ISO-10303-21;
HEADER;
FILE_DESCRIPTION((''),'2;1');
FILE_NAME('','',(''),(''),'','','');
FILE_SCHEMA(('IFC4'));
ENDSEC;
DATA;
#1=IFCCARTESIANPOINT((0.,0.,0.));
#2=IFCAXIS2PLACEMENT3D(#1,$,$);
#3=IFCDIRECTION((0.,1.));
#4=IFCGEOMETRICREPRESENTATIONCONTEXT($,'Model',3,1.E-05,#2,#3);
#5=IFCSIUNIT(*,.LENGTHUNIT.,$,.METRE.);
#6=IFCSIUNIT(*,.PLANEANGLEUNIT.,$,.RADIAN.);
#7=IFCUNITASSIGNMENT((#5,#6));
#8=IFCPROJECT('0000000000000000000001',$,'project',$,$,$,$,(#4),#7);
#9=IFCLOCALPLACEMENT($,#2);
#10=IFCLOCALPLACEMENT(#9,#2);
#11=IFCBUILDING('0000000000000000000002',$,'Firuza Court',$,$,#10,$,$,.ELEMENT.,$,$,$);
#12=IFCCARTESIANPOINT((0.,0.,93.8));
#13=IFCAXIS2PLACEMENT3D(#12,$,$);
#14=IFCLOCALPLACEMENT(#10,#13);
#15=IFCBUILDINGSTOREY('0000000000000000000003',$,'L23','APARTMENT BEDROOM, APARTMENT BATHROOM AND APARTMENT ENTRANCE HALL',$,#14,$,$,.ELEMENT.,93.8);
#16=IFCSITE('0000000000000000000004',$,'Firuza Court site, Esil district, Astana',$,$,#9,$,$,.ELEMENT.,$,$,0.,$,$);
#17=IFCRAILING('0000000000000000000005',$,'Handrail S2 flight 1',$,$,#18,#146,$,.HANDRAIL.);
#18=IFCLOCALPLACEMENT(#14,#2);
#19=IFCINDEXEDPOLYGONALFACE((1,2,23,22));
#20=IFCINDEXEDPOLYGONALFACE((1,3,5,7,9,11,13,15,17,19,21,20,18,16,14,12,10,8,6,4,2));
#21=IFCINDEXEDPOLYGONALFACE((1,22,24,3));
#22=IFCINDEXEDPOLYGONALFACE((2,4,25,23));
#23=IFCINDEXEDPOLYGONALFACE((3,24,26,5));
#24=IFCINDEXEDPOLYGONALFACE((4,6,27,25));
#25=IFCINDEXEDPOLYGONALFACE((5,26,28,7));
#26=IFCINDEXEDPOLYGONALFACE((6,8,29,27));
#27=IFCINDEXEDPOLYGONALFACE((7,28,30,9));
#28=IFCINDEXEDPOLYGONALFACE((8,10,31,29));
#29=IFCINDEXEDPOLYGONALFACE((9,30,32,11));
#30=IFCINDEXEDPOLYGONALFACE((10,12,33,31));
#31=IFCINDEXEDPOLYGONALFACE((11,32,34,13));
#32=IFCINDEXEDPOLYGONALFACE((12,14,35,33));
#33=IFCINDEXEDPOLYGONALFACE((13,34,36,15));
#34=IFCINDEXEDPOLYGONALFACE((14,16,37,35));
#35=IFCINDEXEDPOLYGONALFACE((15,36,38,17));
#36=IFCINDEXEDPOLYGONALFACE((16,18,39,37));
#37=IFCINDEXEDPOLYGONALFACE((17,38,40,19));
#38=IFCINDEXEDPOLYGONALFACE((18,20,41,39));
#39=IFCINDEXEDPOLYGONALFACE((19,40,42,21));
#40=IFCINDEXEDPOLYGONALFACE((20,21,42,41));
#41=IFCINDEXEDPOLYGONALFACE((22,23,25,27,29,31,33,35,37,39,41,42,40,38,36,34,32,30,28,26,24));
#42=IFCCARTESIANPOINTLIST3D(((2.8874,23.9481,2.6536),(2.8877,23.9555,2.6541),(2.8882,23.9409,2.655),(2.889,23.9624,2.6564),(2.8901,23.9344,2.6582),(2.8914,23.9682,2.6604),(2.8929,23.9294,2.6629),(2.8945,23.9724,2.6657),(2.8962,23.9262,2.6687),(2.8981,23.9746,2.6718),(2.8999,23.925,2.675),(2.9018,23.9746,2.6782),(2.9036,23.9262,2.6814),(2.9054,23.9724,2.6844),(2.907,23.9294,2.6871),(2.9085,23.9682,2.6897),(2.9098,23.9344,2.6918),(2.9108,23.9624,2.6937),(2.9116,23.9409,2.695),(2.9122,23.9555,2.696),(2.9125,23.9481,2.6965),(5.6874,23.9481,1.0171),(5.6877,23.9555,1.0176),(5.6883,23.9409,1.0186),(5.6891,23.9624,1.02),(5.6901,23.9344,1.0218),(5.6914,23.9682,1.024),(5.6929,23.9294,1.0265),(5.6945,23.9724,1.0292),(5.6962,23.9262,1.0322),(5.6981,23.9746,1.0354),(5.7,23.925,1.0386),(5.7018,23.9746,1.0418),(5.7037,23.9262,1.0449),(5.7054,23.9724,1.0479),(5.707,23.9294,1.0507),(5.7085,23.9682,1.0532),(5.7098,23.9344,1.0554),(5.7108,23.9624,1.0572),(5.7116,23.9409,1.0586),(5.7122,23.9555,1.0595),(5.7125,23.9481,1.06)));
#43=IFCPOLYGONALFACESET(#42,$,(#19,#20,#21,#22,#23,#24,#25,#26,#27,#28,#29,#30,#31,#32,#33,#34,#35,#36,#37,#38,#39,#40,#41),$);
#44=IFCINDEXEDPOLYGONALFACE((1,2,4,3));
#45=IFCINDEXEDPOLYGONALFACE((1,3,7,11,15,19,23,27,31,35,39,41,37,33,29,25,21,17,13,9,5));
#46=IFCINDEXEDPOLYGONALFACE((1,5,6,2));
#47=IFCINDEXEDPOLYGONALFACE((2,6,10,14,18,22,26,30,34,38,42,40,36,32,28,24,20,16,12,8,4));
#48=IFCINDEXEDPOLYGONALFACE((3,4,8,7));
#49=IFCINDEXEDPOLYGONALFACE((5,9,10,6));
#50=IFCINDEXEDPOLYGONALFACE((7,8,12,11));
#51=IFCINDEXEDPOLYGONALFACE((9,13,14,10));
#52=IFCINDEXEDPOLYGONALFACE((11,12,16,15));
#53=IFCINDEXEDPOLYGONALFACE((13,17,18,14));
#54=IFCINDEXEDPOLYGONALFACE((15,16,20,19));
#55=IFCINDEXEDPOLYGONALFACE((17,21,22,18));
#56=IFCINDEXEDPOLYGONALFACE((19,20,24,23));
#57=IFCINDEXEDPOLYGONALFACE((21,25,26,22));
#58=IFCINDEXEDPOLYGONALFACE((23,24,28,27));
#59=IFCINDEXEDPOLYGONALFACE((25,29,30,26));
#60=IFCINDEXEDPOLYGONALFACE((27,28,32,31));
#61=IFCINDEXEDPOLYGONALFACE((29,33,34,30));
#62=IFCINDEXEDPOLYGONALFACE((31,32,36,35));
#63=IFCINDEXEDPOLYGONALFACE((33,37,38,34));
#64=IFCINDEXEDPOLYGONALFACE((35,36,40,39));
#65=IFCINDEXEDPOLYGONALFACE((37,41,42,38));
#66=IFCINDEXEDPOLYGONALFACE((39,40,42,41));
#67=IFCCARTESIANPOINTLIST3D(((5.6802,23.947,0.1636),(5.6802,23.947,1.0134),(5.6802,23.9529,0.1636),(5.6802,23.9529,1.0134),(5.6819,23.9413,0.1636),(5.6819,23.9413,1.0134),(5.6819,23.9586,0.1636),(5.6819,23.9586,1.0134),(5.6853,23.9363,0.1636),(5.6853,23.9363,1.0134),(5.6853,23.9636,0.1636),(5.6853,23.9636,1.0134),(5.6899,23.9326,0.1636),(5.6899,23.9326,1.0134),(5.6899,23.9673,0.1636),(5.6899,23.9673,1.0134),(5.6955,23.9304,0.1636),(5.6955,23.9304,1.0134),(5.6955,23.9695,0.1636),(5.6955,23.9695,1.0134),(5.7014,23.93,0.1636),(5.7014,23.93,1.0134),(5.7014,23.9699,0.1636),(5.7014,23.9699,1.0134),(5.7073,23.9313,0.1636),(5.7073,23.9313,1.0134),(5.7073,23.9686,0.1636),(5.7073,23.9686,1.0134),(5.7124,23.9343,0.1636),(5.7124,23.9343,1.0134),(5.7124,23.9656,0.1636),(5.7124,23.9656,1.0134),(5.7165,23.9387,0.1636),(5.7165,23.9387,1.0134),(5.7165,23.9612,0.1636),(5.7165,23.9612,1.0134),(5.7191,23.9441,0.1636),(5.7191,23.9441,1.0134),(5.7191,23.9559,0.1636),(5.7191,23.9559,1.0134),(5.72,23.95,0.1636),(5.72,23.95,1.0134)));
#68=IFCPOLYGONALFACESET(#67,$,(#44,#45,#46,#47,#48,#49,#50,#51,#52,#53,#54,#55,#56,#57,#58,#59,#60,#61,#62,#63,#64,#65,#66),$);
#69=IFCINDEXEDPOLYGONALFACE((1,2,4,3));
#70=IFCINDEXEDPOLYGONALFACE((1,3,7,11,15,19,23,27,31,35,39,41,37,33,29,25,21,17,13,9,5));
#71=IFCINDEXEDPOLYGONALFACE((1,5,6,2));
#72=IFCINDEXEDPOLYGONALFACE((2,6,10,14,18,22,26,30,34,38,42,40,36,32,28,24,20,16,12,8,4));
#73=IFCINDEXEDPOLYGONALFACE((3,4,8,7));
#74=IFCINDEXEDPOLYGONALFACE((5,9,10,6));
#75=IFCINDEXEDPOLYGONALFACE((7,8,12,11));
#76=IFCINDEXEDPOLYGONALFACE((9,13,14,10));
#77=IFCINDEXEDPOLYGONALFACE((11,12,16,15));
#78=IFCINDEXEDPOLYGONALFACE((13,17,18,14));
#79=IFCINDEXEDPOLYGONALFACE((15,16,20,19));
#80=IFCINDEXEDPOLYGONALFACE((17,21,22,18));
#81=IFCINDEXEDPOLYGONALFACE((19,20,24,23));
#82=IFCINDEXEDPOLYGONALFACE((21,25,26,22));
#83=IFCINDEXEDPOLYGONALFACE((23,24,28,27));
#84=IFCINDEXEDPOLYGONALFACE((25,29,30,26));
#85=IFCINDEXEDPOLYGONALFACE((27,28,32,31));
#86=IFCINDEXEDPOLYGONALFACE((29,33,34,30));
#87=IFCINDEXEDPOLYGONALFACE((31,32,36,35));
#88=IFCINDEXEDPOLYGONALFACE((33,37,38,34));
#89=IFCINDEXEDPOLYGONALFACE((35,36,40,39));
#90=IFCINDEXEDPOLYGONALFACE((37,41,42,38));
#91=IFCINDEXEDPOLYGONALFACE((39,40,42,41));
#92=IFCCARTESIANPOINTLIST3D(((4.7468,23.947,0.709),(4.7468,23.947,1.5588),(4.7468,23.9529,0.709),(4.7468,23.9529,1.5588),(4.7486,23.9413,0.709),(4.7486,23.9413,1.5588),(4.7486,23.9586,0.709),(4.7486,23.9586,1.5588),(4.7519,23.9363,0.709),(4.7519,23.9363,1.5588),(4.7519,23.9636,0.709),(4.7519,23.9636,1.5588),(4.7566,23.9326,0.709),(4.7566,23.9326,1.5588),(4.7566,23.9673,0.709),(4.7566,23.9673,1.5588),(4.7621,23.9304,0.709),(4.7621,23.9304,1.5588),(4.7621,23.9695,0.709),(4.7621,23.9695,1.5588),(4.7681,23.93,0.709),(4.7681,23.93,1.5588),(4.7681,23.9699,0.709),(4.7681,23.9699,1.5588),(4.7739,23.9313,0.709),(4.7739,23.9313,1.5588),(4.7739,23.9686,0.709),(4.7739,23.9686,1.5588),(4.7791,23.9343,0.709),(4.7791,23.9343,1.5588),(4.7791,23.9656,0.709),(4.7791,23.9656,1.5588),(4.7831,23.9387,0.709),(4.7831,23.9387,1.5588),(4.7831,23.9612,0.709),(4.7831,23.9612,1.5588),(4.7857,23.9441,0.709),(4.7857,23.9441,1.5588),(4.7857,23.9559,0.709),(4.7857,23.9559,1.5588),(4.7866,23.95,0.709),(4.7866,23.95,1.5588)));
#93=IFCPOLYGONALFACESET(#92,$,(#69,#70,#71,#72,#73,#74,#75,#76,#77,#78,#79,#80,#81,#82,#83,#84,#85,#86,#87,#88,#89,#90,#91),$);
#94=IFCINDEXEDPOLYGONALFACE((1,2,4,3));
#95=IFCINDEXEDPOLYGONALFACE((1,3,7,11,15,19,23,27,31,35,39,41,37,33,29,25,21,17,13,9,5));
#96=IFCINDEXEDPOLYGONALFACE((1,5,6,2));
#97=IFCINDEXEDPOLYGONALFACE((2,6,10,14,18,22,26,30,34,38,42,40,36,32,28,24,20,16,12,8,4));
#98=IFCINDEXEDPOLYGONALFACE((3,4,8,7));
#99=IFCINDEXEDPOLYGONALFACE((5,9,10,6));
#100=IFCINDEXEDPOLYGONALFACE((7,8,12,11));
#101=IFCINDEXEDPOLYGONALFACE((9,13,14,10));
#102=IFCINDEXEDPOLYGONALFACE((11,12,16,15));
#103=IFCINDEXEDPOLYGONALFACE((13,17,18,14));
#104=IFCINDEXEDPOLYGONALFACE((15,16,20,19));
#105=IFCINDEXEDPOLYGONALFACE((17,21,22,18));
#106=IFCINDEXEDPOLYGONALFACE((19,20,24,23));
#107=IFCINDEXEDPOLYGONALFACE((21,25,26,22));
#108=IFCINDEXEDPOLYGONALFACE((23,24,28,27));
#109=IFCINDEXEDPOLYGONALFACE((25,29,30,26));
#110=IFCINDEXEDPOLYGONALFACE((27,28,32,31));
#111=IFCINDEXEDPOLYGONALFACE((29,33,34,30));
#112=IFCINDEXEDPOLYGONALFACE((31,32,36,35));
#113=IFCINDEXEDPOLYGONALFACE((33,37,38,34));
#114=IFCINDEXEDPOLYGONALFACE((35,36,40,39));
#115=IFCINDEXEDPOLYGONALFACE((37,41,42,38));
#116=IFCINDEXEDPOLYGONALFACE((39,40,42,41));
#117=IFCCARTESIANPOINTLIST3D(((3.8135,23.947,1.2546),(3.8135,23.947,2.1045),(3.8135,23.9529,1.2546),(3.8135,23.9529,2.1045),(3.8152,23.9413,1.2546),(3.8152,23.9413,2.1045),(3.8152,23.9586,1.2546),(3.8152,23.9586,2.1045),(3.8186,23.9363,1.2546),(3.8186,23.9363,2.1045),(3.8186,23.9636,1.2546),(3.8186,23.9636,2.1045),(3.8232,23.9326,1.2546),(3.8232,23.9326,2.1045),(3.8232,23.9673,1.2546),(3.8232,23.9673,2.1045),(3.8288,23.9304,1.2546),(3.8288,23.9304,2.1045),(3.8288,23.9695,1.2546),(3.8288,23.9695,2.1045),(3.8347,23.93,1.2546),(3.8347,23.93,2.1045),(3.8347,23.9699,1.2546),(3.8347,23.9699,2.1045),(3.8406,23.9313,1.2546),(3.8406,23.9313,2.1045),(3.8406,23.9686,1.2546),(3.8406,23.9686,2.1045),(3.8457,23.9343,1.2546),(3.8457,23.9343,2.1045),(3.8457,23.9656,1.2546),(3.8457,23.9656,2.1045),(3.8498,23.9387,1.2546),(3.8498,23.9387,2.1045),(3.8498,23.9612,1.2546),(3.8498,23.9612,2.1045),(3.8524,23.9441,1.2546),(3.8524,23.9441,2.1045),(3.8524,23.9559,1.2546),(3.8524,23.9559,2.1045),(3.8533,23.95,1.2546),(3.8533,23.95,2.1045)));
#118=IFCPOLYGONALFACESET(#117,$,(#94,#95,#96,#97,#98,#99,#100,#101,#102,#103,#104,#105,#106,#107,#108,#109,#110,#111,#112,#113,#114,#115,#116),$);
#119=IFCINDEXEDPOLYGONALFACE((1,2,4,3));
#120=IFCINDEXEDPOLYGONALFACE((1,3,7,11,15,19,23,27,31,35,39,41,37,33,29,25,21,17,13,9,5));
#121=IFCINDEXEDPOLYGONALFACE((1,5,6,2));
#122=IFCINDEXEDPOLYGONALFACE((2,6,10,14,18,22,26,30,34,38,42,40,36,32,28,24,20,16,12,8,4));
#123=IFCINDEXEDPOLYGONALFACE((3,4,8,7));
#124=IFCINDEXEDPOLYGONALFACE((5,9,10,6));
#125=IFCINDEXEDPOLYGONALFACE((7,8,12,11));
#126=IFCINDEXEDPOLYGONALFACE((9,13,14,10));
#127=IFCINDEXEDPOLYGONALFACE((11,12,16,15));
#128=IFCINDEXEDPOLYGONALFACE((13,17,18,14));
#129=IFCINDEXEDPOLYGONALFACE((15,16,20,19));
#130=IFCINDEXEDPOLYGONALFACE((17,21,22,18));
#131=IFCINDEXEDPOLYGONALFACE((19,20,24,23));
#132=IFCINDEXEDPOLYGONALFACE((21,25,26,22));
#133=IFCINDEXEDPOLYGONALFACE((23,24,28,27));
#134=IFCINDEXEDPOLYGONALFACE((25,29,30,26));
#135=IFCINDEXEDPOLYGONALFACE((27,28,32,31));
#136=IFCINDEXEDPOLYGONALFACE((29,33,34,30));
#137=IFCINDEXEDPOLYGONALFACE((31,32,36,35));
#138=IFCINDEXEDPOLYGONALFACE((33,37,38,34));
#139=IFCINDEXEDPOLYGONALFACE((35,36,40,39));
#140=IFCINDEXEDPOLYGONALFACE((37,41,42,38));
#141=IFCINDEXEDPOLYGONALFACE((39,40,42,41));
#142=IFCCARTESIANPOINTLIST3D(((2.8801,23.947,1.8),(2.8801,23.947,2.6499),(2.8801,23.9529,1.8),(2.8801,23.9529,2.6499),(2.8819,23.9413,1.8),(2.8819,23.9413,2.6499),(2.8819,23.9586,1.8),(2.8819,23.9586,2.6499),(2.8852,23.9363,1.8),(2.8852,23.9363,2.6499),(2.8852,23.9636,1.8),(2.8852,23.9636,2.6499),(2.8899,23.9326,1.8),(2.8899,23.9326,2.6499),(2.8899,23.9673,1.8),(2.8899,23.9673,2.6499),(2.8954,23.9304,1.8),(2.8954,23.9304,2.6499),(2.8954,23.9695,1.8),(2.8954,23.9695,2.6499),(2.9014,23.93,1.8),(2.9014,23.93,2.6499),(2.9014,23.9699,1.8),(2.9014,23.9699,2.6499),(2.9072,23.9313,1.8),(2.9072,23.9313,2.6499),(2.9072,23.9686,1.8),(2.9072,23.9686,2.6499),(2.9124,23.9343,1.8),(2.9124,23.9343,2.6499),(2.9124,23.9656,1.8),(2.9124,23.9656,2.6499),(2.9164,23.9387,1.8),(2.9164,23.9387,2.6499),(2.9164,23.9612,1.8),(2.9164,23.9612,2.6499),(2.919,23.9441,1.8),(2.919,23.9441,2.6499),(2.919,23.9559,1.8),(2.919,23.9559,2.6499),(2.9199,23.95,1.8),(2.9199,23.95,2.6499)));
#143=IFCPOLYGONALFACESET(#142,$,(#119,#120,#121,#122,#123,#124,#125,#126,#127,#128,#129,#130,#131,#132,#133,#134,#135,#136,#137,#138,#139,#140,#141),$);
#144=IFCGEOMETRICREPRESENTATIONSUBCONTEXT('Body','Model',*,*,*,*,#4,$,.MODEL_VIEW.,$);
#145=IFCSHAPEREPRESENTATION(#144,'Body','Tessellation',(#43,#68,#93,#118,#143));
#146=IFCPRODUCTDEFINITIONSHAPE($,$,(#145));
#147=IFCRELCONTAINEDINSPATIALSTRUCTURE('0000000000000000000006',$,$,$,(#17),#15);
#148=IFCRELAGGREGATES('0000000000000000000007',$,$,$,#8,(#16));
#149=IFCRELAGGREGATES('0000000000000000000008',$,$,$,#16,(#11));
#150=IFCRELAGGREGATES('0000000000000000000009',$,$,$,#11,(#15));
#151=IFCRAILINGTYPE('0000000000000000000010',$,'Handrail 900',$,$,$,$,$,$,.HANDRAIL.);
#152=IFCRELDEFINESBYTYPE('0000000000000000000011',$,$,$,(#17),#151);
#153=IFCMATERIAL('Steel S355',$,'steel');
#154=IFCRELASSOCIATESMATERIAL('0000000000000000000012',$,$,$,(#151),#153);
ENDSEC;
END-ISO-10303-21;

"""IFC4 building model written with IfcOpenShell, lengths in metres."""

from ifc_helpers import new_model, si_unit, direction, frame, origin, origin_2d, place, context, subcontext, project, spatial, circle, extrude, material, type_object, element, save


model = new_model("IFC4")

# Units and contexts
model_context = context("Model", 3, precision=1e-05, world=origin(), true_north=direction((0.0, 1.0)))
body_context = subcontext(model_context, "Body", "Model", "MODEL_VIEW")
ifc_project = project(units=[si_unit("LENGTHUNIT", "METRE"), si_unit("PLANEANGLEUNIT", "RADIAN")], contexts=[model_context])

# Site, building, storey
site_placement = place(None, origin())
site = spatial("IfcSite", under=ifc_project, at=site_placement, Name="Firuza Court site, Esil district, Astana", CompositionType="ELEMENT", RefElevation=0.0)
building_placement = place(site_placement, origin())
building = spatial("IfcBuilding", under=site, at=building_placement, Name="Firuza Court", CompositionType="ELEMENT")
storey_placement = place(building_placement, frame((0.0, 0.0, 93.8)))
storey = spatial("IfcBuildingStorey", under=building, at=storey_placement, Name="L23", Description="APARTMENT BEDROOM, APARTMENT BATHROOM AND APARTMENT ENTRANCE HALL", CompositionType="ELEMENT", Elevation=93.8)

# Railing
ifc_material_1 = material(Name="Steel S355", Category="steel")
railing_type_1 = type_object("IfcRailingType", Name="Handrail 900", PredefinedType="HANDRAIL", material=ifc_material_1)
railing_1_placement = place(storey_placement, frame((5.7, 23.95, 0.1636)))
element("IfcRailing", 1, at=railing_1_placement, inside=storey, type_object=railing_type_1, Name="Handrail S2 flight 1", PredefinedType="HANDRAIL", context=body_context, shape_type="SweptSolid", body=[
    extrude(circle(Radius=0.0249, at=origin_2d()), frame((0.0, 0.0, 0.875), z_axis=(-0.863361, 0.0, 0.504587), x_axis=(0.0, -1.0, 0.0)), (0.0, 0.0, 1.0), 3.2432),
    extrude(circle(Radius=0.02, at=origin_2d()), origin(), (0.0, 0.0, 1.0), 0.8499),
    extrude(circle(Radius=0.02, at=origin_2d()), frame((-0.9333, 0.0, 0.5454)), (0.0, 0.0, 1.0), 0.8499),
    extrude(circle(Radius=0.02, at=origin_2d()), frame((-1.8667, 0.0, 1.0911)), (0.0, 0.0, 1.0), 0.8499),
    extrude(circle(Radius=0.02, at=origin_2d()), frame((-2.8, 0.0, 1.6365)), (0.0, 0.0, 1.0), 0.8499),
])

save(model, "model.ifc")
